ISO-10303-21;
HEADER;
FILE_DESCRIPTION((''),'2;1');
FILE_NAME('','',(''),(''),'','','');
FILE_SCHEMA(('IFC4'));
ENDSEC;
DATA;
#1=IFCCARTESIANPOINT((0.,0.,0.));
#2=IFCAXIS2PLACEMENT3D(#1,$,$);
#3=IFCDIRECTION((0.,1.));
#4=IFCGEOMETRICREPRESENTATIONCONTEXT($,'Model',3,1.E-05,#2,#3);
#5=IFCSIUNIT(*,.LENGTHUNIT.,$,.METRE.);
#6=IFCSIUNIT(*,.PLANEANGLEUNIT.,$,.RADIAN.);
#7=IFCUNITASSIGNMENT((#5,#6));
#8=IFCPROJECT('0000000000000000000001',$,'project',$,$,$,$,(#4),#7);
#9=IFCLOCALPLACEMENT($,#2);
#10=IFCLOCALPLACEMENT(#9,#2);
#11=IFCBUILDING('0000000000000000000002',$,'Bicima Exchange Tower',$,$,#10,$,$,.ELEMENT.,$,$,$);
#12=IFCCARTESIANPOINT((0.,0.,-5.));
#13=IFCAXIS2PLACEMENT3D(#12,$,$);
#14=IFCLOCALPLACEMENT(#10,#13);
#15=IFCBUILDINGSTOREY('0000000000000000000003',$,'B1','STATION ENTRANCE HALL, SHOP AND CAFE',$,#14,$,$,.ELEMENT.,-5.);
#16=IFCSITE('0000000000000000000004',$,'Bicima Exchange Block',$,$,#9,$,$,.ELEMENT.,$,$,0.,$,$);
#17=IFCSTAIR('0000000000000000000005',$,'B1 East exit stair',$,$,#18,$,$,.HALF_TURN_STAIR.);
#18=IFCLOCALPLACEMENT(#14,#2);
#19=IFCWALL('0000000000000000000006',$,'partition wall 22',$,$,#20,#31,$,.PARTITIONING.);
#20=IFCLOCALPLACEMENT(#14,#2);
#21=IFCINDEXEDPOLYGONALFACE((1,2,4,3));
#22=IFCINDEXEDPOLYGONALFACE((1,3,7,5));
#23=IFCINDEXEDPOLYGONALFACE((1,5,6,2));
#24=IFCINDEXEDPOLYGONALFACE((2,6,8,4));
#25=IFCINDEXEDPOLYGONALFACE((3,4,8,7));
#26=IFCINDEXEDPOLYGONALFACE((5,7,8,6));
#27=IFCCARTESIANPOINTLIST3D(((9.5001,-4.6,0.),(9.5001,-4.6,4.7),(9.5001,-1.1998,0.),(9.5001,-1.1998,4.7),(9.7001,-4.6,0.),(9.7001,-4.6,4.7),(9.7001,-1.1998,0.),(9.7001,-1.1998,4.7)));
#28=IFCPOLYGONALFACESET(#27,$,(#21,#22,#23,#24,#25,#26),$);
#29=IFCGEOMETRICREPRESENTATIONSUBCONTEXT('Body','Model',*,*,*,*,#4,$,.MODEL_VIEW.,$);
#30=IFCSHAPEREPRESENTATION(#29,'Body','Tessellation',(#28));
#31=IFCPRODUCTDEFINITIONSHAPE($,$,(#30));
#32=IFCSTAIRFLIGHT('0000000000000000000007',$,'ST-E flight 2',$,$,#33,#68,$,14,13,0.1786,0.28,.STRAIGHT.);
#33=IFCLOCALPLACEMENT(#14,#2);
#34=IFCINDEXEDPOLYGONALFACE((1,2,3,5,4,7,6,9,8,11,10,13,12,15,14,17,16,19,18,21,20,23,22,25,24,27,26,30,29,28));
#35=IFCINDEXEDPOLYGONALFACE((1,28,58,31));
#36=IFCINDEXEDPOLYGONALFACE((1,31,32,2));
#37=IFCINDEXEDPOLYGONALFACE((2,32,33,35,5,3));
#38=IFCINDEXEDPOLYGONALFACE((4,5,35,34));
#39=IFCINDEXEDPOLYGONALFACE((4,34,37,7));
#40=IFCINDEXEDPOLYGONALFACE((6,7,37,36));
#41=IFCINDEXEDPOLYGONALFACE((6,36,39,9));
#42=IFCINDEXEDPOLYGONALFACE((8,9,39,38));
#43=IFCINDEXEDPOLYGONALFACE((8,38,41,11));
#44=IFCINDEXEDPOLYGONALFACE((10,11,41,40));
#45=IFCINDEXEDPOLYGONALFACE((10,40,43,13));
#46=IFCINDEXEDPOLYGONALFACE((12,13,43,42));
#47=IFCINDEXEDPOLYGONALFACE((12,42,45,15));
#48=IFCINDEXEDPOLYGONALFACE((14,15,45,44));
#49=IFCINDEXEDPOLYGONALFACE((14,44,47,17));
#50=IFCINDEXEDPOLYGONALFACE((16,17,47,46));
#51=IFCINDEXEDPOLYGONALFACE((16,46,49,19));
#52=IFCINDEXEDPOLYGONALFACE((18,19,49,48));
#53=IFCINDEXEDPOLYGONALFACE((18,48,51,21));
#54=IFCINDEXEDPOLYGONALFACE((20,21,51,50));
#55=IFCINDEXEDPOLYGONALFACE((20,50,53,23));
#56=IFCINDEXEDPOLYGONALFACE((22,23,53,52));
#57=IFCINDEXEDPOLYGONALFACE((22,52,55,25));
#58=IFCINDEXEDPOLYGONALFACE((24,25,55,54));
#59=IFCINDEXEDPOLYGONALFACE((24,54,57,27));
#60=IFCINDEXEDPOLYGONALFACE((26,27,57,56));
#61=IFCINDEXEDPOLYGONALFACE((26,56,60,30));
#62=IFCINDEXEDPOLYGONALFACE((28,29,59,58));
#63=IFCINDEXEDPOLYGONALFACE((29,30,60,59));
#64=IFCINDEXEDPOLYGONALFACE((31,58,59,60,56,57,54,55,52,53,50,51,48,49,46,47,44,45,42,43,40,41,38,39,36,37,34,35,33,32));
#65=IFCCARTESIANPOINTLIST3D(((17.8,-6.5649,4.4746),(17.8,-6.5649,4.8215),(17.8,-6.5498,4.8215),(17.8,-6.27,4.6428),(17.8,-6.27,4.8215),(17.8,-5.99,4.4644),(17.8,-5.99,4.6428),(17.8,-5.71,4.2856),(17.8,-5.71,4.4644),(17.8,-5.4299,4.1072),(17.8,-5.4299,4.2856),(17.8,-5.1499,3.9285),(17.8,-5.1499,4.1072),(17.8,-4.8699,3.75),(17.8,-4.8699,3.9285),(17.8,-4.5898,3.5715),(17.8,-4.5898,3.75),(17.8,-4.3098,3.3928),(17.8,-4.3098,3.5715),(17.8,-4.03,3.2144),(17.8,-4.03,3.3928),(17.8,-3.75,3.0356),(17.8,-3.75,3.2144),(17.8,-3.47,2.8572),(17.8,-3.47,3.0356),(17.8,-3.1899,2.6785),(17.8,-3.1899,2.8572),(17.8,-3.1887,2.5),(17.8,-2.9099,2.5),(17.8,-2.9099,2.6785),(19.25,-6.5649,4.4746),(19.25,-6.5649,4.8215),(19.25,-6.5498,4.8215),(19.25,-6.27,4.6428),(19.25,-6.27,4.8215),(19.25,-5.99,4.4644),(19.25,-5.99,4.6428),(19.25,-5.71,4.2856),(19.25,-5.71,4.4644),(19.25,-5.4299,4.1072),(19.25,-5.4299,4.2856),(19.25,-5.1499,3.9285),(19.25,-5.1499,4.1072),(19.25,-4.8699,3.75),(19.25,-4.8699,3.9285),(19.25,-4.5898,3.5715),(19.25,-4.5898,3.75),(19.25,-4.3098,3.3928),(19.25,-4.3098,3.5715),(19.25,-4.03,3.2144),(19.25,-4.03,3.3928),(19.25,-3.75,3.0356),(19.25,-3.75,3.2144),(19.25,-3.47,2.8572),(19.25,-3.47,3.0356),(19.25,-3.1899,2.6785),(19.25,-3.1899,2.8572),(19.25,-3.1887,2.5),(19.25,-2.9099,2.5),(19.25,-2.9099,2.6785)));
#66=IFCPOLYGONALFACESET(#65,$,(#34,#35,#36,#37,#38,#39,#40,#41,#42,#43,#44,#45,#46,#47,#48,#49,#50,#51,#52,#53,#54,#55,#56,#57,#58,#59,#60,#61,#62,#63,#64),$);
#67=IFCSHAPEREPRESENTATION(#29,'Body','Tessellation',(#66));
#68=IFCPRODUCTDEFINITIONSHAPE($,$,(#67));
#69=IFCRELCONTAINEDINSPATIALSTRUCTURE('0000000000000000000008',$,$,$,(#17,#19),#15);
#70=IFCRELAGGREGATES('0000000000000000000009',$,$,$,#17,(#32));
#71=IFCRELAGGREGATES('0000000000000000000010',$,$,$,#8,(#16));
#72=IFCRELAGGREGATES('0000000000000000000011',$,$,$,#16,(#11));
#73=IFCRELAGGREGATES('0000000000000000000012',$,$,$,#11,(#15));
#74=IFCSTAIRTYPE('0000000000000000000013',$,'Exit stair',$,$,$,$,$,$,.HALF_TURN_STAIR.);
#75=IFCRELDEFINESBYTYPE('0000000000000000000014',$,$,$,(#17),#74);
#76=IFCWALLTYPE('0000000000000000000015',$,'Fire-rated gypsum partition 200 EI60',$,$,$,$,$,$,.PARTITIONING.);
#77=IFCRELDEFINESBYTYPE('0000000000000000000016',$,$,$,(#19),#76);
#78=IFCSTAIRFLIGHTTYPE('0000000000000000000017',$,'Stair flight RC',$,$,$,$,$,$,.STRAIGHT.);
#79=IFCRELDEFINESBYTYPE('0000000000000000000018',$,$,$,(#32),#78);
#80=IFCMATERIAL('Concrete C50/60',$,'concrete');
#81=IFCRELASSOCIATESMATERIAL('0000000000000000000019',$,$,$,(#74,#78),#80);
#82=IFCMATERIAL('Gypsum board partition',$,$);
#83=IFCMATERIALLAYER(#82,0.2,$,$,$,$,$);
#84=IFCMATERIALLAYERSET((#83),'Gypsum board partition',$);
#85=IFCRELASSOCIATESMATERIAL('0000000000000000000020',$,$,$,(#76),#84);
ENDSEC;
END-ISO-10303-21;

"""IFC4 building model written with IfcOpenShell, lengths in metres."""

from ifc_helpers import new_model, si_unit, direction, frame, frame_2d, origin, place, context, subcontext, project, spatial, polyline, rectangle, outline, extrude, material, layer, layer_set, type_object, element, aggregate, save


model = new_model("IFC4")

# Units and contexts
model_context = context("Model", 3, precision=1e-05, world=origin(), true_north=direction((0.0, 1.0)))
body_context = subcontext(model_context, "Body", "Model", "MODEL_VIEW")
ifc_project = project(units=[si_unit("LENGTHUNIT", "METRE"), si_unit("PLANEANGLEUNIT", "RADIAN")], contexts=[model_context])

# Site, building, storey
site_placement = place(None, origin())
site = spatial("IfcSite", under=ifc_project, at=site_placement, Name="Bicima Exchange Block", CompositionType="ELEMENT", RefElevation=0.0)
building_placement = place(site_placement, origin())
building = spatial("IfcBuilding", under=site, at=building_placement, Name="Bicima Exchange Tower", CompositionType="ELEMENT")
storey_placement = place(building_placement, frame((0.0, 0.0, -5.0)))
storey = spatial("IfcBuildingStorey", under=building, at=storey_placement, Name="B1", Description="STATION ENTRANCE HALL, SHOP AND CAFE", CompositionType="ELEMENT", Elevation=-5.0)

# Stair
ifc_material_1 = material(Name="Concrete C50/60", Category="concrete")
stair_type_1 = type_object("IfcStairType", Name="Exit stair", PredefinedType="HALF_TURN_STAIR", material=ifc_material_1)
stair_1_placement = place(storey_placement, origin())
stair_1 = element("IfcStair", 1, at=stair_1_placement, inside=storey, type_object=stair_type_1, Name="B1 East exit stair", PredefinedType="HALF_TURN_STAIR")

# Wall
ifc_material_2 = material(Name="Gypsum board partition")
ifc_layer_1 = layer(ifc_material_2, 0.2)
ifc_layer_set_1 = layer_set([ifc_layer_1], Name="Gypsum board partition")
wall_type_1 = type_object("IfcWallType", Name="Fire-rated gypsum partition 200 EI60", PredefinedType="PARTITIONING", material=ifc_layer_set_1)
wall_1_placement = place(storey_placement, frame((9.6001, -4.6001, 0.0), z_axis=(0.0, 0.0, 1.0), x_axis=(0.0, 1.0, 0.0)))
element("IfcWall", 2, at=wall_1_placement, inside=storey, type_object=wall_type_1, Name="partition wall 22", PredefinedType="PARTITIONING", context=body_context, shape_type="SweptSolid", body=[
    extrude(rectangle(XDim=3.4001, YDim=0.2, at=frame_2d((1.7002, 0.0))), origin(), (0.0, 0.0, 1.0), 4.7),
])

# Stair flight
stair_flight_type = type_object("IfcStairFlightType", Name="Stair flight RC", PredefinedType="STRAIGHT", material=ifc_material_1)
stair_flight_placement = place(storey_placement, frame((18.5249, -2.9099, 2.5), z_axis=(0.0, 0.0, 1.0), x_axis=(0.0, -1.0, 0.0)))
stair_flight = element("IfcStairFlight", 3, at=stair_flight_placement, type_object=stair_flight_type, Name="ST-E flight 2", NumberOfRisers=14, NumberOfTreads=13, PredefinedType="STRAIGHT", RiserHeight=0.1786, TreadLength=0.28, context=body_context, shape_type="SweptSolid", body=[
    extrude(outline(polyline([(0.0, 0.0), (0.0, 0.1785), (0.28, 0.1785), (0.28, 0.3572), (0.5601, 0.3572), (0.5601, 0.5356), (0.8401, 0.5356), (0.8401, 0.7144), (1.1201, 0.7144), (1.1201, 0.8928), (1.3999, 0.8928), (1.3999, 1.0715), (1.6799, 1.0715), (1.6799, 1.25), (1.96, 1.25), (1.96, 1.4285), (2.24, 1.4285), (2.24, 1.6072), (2.52, 1.6072), (2.52, 1.7856), (2.8, 1.7856), (2.8, 1.9644), (3.0801, 1.9644), (3.0801, 2.1428), (3.3601, 2.1428), (3.3601, 2.3215), (3.6399, 2.3215), (3.655, 2.3215), (3.655, 1.9746), (0.2788, 0.0), (0.0, 0.0)])), frame((0.0, 0.7251, 0.0), z_axis=(0.0, -1.0, 0.0), x_axis=(1.0, 0.0, 0.0)), (0.0, 0.0, 1.0), 1.45),
])
aggregate(stair_1, [stair_flight])

save(model, "model.ifc")
